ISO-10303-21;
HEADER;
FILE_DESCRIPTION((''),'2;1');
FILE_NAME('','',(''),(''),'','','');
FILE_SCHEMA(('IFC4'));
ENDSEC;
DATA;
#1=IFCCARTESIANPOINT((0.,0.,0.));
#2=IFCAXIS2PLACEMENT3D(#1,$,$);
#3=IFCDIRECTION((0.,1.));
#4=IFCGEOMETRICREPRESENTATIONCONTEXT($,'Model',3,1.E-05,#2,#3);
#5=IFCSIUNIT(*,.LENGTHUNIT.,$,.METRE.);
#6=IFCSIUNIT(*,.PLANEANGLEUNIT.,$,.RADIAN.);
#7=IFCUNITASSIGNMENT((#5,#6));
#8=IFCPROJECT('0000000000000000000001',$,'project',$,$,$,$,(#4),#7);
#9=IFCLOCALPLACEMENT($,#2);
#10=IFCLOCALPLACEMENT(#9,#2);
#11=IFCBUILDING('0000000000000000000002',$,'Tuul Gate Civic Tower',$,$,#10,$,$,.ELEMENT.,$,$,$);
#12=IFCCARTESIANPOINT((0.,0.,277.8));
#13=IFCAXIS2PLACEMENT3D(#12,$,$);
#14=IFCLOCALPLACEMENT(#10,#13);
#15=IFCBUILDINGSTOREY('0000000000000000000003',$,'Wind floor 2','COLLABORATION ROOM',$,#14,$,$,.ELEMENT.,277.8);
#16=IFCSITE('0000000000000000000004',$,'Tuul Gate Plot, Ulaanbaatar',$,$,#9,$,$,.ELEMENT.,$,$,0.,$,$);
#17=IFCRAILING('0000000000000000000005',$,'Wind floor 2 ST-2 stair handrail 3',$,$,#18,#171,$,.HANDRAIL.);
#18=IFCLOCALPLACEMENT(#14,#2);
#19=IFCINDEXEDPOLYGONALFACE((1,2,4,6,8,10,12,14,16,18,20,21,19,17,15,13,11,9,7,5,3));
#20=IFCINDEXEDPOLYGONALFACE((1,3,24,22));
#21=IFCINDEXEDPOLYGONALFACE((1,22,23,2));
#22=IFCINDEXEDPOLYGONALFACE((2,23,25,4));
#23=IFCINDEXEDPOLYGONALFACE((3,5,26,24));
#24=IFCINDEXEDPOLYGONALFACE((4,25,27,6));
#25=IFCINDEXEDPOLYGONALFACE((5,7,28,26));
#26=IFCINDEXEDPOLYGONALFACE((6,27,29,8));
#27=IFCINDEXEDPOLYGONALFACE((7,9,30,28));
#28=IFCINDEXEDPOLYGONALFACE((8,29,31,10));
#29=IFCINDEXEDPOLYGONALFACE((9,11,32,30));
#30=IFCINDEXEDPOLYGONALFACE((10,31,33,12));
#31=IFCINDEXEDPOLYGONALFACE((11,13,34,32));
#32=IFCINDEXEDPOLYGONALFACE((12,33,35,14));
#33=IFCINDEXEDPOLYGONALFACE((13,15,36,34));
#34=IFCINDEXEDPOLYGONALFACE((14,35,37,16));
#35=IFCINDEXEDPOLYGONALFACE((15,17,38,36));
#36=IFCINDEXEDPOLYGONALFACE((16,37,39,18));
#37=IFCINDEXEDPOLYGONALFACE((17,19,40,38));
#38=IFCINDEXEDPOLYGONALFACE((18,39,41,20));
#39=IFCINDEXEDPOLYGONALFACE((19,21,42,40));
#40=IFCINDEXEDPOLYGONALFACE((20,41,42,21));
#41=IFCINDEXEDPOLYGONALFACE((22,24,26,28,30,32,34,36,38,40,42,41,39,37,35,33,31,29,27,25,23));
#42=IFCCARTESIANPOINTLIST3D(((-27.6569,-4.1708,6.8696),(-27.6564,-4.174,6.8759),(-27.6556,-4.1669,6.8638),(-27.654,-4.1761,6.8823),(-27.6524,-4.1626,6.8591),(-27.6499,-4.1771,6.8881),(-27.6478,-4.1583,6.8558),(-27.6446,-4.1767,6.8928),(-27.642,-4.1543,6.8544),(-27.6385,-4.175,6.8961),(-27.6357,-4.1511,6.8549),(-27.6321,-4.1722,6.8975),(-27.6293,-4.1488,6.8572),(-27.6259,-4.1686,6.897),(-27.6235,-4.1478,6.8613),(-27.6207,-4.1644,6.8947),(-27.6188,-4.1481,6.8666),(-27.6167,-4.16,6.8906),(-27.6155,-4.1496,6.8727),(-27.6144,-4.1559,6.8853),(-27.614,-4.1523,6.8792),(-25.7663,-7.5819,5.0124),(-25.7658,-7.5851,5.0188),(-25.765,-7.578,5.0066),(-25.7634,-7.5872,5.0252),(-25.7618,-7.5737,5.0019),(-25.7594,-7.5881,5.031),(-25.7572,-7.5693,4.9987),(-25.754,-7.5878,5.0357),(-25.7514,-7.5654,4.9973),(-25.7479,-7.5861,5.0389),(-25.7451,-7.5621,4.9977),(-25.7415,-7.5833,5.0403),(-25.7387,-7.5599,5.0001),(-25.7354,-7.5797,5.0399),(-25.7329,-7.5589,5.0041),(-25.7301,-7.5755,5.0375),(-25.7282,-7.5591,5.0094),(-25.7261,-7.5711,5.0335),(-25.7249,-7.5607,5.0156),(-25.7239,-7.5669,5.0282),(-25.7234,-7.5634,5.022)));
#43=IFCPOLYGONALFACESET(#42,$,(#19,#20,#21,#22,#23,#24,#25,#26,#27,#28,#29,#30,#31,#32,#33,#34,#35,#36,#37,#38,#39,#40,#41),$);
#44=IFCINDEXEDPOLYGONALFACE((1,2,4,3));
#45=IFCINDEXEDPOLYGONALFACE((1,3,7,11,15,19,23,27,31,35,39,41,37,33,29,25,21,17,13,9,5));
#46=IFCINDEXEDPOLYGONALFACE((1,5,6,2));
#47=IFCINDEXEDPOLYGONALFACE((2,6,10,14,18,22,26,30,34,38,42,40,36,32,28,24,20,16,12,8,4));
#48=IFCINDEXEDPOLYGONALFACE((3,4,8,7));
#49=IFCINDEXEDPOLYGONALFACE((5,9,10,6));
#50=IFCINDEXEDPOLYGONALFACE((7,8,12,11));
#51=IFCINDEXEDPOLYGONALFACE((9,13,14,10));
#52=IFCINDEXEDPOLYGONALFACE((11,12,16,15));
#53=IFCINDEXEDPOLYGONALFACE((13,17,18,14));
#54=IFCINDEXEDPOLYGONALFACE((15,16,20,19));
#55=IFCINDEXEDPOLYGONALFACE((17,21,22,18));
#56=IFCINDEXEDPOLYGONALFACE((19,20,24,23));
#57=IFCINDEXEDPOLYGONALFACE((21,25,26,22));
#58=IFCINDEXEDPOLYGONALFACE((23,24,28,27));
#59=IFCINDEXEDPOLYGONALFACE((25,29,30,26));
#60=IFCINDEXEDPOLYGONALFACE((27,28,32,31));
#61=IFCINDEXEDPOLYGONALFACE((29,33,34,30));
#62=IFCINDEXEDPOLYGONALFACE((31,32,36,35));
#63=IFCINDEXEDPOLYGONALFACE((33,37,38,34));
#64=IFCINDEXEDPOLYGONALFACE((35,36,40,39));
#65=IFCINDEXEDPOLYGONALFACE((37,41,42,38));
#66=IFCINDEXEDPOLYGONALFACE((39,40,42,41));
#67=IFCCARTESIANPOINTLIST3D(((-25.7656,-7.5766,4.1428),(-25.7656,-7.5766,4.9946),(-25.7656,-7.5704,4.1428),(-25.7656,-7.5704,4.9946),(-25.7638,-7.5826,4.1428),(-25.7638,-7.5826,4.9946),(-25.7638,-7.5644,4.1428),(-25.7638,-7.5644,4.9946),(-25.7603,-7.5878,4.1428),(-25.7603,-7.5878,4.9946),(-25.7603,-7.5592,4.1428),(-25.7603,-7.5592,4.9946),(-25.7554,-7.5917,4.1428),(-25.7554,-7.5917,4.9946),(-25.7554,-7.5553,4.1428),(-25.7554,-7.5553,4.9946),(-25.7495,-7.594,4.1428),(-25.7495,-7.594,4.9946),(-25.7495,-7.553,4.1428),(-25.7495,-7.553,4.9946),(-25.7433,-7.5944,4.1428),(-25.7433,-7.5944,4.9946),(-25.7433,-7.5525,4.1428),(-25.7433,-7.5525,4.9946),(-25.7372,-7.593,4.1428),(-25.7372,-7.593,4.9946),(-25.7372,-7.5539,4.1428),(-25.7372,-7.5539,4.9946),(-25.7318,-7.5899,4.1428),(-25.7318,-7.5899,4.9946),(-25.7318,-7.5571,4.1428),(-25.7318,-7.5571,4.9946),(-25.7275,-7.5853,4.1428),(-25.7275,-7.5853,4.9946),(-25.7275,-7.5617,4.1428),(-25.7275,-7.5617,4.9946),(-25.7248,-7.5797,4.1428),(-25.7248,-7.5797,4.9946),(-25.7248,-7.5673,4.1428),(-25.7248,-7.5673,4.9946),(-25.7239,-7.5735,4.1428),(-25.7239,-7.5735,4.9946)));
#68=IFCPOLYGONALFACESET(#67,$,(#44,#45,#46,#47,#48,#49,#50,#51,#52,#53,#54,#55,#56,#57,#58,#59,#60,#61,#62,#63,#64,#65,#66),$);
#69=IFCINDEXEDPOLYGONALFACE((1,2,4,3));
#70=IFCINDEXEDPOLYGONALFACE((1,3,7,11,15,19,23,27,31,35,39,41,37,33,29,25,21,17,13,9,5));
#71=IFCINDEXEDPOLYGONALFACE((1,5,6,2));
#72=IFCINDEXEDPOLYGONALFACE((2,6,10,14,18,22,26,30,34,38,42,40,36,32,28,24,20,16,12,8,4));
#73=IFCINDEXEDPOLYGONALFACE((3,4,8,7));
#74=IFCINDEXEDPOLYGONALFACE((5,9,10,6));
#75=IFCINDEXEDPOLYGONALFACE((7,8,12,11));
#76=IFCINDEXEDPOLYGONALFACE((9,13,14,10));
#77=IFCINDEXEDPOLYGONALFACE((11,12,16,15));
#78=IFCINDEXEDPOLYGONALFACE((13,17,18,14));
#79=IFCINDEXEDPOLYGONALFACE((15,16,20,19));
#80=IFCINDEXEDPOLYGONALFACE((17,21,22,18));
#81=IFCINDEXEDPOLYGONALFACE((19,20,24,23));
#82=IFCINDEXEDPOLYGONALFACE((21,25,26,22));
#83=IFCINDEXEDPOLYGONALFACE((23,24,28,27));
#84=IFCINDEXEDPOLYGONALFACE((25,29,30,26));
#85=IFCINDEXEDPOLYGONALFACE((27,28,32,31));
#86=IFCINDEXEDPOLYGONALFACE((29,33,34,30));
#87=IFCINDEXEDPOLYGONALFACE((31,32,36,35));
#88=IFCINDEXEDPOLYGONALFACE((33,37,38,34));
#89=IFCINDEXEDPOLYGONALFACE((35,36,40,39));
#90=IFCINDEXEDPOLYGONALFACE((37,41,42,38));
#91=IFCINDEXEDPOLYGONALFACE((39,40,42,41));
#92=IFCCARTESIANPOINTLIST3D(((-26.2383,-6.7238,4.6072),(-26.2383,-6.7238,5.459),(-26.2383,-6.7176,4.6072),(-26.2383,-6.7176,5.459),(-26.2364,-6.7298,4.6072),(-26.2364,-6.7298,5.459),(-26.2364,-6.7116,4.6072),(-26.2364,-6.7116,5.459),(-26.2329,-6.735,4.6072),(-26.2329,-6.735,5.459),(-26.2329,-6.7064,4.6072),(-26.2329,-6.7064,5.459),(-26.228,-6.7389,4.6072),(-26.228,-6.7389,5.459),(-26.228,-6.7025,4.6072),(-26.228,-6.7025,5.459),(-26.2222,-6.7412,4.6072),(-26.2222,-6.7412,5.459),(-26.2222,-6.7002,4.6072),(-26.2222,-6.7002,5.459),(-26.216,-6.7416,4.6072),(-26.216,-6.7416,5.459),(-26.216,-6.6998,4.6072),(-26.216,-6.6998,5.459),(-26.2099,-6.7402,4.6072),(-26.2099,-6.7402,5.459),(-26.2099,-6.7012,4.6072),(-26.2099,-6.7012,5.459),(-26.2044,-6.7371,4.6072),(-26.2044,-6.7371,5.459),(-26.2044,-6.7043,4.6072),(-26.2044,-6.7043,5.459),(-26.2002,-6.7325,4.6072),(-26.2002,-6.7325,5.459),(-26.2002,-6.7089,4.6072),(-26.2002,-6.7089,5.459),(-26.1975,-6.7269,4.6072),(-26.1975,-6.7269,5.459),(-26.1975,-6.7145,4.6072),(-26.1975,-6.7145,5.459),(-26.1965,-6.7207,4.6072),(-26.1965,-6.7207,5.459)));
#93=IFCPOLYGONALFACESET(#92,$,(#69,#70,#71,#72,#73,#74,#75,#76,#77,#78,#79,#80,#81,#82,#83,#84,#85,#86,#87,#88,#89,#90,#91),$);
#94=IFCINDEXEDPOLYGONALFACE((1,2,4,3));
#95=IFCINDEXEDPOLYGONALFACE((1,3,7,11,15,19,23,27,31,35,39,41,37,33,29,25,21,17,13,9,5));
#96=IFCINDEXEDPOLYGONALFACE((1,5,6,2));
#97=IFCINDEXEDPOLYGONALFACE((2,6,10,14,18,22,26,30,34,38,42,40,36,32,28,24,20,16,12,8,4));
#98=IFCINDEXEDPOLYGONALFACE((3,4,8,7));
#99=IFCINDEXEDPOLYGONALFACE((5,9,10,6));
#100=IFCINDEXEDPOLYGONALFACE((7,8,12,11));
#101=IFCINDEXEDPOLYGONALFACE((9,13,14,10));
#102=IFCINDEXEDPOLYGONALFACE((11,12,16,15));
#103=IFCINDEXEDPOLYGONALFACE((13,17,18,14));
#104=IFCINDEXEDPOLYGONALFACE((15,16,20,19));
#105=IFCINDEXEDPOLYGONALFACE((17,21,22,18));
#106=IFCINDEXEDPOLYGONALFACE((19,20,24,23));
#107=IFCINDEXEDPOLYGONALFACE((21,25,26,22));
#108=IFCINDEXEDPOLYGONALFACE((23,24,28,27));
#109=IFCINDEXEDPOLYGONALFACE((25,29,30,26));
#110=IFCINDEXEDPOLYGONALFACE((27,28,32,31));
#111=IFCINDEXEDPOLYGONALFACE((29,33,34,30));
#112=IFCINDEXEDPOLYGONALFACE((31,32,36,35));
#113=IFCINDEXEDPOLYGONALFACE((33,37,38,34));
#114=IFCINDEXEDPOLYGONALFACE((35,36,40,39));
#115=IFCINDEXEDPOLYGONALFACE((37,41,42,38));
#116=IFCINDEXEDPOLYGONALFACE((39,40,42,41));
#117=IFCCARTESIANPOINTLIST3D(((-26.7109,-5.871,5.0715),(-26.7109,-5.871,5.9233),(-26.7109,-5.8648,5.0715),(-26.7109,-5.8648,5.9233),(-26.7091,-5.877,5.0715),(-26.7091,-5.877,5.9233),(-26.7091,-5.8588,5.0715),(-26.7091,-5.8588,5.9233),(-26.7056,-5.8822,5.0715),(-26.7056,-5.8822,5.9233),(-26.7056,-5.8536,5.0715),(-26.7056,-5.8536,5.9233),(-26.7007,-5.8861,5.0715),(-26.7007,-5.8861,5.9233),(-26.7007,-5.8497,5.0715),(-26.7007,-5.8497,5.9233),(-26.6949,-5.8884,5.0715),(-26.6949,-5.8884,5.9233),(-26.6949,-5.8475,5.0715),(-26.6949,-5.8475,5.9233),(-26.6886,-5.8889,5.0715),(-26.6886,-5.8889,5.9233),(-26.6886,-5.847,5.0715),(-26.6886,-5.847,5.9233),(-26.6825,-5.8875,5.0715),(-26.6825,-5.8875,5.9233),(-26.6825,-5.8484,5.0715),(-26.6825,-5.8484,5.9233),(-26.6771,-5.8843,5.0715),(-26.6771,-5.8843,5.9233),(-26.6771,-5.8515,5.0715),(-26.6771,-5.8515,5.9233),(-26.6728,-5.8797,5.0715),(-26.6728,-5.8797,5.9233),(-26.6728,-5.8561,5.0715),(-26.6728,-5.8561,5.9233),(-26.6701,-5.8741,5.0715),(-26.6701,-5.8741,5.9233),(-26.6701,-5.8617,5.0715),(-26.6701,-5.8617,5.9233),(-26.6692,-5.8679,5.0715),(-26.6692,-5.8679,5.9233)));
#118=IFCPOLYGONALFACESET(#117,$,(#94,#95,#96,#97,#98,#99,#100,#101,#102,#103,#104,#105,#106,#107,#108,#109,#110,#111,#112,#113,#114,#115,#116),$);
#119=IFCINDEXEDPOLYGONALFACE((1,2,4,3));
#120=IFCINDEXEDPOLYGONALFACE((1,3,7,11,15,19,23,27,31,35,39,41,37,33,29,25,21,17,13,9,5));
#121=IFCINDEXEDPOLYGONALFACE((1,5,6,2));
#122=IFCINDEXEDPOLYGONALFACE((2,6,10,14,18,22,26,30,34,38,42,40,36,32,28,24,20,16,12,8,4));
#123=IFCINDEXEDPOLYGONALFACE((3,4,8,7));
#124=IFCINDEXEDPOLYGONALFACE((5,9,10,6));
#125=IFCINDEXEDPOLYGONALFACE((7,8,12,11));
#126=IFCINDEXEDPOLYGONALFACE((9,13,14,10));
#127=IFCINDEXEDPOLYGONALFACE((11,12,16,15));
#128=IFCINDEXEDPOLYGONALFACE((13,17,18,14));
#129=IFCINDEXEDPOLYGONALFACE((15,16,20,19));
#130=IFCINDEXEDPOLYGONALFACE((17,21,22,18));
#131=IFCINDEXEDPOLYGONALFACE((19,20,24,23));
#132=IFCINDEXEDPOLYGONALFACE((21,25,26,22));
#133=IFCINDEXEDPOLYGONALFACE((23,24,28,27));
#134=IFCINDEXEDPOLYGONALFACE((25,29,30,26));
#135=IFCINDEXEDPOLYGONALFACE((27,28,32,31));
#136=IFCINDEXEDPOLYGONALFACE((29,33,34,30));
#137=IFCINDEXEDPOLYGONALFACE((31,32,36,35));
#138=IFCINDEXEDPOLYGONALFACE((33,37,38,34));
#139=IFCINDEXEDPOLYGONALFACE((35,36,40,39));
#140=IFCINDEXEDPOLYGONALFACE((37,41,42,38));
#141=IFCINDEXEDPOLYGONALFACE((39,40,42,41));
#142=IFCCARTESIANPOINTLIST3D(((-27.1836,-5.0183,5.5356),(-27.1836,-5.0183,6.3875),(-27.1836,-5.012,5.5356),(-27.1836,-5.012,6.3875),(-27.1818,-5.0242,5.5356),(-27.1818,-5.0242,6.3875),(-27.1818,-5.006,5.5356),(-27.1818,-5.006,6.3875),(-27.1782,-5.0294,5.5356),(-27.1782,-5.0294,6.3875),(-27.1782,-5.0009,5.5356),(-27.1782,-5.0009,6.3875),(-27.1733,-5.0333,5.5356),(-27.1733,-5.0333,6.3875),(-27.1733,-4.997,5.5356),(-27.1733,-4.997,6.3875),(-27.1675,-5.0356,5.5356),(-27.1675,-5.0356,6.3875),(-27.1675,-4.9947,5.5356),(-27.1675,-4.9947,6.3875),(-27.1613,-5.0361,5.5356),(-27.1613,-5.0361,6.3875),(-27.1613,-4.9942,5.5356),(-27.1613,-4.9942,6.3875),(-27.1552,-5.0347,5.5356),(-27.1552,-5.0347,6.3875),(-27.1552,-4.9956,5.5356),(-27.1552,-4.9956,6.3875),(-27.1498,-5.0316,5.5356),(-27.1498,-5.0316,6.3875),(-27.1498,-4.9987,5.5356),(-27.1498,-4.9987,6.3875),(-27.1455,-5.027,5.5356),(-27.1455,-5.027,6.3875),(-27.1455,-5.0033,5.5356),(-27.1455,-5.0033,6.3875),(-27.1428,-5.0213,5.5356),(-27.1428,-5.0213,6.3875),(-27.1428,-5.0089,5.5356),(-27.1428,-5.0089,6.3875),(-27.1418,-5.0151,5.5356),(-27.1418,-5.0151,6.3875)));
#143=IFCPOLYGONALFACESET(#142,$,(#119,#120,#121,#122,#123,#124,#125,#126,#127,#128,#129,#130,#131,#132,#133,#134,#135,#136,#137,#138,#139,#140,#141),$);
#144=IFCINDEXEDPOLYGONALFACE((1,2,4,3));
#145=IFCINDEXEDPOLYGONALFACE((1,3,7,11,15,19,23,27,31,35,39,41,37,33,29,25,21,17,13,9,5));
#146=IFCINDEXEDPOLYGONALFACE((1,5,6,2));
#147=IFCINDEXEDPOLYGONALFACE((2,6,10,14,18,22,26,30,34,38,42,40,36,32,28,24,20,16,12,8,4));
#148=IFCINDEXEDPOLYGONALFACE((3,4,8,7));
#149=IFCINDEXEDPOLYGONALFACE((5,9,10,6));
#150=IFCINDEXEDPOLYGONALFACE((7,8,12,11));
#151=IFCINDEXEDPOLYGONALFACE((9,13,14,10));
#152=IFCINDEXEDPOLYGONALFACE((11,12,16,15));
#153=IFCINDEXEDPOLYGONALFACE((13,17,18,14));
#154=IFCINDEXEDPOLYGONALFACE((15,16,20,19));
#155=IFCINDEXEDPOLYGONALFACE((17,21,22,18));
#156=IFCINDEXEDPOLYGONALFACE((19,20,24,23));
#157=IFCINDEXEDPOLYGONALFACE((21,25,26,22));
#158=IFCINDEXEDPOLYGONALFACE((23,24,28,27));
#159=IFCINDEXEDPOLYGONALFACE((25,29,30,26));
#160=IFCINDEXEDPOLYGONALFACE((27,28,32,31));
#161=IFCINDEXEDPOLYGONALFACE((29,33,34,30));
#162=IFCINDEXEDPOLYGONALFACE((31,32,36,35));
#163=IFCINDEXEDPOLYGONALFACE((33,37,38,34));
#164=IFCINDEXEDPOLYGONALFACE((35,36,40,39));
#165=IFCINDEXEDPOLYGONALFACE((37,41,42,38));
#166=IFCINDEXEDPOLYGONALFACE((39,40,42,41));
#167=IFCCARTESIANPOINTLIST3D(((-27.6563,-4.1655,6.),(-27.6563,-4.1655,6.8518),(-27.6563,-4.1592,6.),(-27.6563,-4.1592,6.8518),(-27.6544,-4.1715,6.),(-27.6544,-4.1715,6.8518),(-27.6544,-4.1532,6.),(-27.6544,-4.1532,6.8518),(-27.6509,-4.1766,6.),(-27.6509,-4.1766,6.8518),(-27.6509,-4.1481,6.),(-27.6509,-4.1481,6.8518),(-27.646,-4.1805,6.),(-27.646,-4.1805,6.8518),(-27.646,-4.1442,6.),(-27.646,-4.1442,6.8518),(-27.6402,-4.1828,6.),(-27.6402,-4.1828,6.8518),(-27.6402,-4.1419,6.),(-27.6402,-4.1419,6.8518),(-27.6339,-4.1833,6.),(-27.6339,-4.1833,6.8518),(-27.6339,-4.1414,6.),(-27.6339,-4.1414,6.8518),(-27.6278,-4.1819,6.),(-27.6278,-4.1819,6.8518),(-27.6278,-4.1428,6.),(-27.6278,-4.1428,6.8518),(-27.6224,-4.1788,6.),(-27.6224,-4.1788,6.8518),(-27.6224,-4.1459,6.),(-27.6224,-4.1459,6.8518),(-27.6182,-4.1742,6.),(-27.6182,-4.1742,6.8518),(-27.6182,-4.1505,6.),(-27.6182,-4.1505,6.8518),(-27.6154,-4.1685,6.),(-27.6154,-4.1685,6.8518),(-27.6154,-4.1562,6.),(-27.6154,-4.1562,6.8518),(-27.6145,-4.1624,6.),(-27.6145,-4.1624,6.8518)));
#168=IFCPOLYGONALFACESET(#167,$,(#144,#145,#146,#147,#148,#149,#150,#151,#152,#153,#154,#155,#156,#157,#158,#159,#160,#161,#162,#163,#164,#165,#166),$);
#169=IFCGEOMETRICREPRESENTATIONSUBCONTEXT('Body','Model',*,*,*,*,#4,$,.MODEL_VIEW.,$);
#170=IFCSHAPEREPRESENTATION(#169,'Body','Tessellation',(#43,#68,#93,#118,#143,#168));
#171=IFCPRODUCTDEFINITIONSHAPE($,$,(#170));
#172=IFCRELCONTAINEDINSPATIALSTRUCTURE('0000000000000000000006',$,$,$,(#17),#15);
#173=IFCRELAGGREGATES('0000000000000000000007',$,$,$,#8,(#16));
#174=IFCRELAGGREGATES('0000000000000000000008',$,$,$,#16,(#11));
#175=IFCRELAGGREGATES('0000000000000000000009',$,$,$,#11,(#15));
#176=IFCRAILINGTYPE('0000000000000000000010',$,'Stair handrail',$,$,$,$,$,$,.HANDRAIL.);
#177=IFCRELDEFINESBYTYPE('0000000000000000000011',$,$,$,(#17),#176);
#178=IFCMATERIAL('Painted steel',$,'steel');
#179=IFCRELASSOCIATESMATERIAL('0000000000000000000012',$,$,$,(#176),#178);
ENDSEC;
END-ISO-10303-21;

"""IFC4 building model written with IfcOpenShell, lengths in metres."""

from ifc_helpers import new_model, si_unit, direction, frame, origin, origin_2d, place, context, subcontext, project, spatial, circle, extrude, material, type_object, element, save


model = new_model("IFC4")

# Units and contexts
model_context = context("Model", 3, precision=1e-05, world=origin(), true_north=direction((0.0, 1.0)))
body_context = subcontext(model_context, "Body", "Model", "MODEL_VIEW")
ifc_project = project(units=[si_unit("LENGTHUNIT", "METRE"), si_unit("PLANEANGLEUNIT", "RADIAN")], contexts=[model_context])

# Site, building, storey
site_placement = place(None, origin())
site = spatial("IfcSite", under=ifc_project, at=site_placement, Name="Tuul Gate Plot, Ulaanbaatar", CompositionType="ELEMENT", RefElevation=0.0)
building_placement = place(site_placement, origin())
building = spatial("IfcBuilding", under=site, at=building_placement, Name="Tuul Gate Civic Tower", CompositionType="ELEMENT")
storey_placement = place(building_placement, frame((0.0, 0.0, 277.8)))
storey = spatial("IfcBuildingStorey", under=building, at=storey_placement, Name="Wind floor 2", Description="COLLABORATION ROOM", CompositionType="ELEMENT", Elevation=277.8)

# Railing
ifc_material_1 = material(Name="Painted steel", Category="steel")
railing_type = type_object("IfcRailingType", Name="Stair handrail", PredefinedType="HANDRAIL", material=ifc_material_1)
railing_1_placement = place(storey_placement, frame((-25.7449, -7.5735, 4.1428)))
element("IfcRailing", 1, at=railing_1_placement, inside=storey, type_object=railing_type, Name="Wind floor 2 ST-2 stair handrail 3", PredefinedType="HANDRAIL", context=body_context, shape_type="SweptSolid", body=[
    extrude(circle(Radius=0.0239, at=origin_2d()), frame((0.0, 0.0, 0.876), z_axis=(-0.43768, 0.789678, 0.429937), x_axis=(-0.874641, -0.484771, 0.0)), (0.0, 0.0, 1.0), 4.3196),
    extrude(circle(Radius=0.021, at=origin_2d()), origin(), (0.0, 0.0, 1.0), 0.8518),
    extrude(circle(Radius=0.021, at=origin_2d()), frame((-0.4727, 0.8528, 0.4644)), (0.0, 0.0, 1.0), 0.8518),
    extrude(circle(Radius=0.021, at=origin_2d()), frame((-0.9453, 1.7056, 0.9287)), (0.0, 0.0, 1.0), 0.8518),
    extrude(circle(Radius=0.021, at=origin_2d()), frame((-1.418, 2.5583, 1.3928)), (0.0, 0.0, 1.0), 0.8518),
    extrude(circle(Radius=0.021, at=origin_2d()), frame((-1.8906, 3.4111, 1.8572)), (0.0, 0.0, 1.0), 0.8518),
])

save(model, "model.ifc")
